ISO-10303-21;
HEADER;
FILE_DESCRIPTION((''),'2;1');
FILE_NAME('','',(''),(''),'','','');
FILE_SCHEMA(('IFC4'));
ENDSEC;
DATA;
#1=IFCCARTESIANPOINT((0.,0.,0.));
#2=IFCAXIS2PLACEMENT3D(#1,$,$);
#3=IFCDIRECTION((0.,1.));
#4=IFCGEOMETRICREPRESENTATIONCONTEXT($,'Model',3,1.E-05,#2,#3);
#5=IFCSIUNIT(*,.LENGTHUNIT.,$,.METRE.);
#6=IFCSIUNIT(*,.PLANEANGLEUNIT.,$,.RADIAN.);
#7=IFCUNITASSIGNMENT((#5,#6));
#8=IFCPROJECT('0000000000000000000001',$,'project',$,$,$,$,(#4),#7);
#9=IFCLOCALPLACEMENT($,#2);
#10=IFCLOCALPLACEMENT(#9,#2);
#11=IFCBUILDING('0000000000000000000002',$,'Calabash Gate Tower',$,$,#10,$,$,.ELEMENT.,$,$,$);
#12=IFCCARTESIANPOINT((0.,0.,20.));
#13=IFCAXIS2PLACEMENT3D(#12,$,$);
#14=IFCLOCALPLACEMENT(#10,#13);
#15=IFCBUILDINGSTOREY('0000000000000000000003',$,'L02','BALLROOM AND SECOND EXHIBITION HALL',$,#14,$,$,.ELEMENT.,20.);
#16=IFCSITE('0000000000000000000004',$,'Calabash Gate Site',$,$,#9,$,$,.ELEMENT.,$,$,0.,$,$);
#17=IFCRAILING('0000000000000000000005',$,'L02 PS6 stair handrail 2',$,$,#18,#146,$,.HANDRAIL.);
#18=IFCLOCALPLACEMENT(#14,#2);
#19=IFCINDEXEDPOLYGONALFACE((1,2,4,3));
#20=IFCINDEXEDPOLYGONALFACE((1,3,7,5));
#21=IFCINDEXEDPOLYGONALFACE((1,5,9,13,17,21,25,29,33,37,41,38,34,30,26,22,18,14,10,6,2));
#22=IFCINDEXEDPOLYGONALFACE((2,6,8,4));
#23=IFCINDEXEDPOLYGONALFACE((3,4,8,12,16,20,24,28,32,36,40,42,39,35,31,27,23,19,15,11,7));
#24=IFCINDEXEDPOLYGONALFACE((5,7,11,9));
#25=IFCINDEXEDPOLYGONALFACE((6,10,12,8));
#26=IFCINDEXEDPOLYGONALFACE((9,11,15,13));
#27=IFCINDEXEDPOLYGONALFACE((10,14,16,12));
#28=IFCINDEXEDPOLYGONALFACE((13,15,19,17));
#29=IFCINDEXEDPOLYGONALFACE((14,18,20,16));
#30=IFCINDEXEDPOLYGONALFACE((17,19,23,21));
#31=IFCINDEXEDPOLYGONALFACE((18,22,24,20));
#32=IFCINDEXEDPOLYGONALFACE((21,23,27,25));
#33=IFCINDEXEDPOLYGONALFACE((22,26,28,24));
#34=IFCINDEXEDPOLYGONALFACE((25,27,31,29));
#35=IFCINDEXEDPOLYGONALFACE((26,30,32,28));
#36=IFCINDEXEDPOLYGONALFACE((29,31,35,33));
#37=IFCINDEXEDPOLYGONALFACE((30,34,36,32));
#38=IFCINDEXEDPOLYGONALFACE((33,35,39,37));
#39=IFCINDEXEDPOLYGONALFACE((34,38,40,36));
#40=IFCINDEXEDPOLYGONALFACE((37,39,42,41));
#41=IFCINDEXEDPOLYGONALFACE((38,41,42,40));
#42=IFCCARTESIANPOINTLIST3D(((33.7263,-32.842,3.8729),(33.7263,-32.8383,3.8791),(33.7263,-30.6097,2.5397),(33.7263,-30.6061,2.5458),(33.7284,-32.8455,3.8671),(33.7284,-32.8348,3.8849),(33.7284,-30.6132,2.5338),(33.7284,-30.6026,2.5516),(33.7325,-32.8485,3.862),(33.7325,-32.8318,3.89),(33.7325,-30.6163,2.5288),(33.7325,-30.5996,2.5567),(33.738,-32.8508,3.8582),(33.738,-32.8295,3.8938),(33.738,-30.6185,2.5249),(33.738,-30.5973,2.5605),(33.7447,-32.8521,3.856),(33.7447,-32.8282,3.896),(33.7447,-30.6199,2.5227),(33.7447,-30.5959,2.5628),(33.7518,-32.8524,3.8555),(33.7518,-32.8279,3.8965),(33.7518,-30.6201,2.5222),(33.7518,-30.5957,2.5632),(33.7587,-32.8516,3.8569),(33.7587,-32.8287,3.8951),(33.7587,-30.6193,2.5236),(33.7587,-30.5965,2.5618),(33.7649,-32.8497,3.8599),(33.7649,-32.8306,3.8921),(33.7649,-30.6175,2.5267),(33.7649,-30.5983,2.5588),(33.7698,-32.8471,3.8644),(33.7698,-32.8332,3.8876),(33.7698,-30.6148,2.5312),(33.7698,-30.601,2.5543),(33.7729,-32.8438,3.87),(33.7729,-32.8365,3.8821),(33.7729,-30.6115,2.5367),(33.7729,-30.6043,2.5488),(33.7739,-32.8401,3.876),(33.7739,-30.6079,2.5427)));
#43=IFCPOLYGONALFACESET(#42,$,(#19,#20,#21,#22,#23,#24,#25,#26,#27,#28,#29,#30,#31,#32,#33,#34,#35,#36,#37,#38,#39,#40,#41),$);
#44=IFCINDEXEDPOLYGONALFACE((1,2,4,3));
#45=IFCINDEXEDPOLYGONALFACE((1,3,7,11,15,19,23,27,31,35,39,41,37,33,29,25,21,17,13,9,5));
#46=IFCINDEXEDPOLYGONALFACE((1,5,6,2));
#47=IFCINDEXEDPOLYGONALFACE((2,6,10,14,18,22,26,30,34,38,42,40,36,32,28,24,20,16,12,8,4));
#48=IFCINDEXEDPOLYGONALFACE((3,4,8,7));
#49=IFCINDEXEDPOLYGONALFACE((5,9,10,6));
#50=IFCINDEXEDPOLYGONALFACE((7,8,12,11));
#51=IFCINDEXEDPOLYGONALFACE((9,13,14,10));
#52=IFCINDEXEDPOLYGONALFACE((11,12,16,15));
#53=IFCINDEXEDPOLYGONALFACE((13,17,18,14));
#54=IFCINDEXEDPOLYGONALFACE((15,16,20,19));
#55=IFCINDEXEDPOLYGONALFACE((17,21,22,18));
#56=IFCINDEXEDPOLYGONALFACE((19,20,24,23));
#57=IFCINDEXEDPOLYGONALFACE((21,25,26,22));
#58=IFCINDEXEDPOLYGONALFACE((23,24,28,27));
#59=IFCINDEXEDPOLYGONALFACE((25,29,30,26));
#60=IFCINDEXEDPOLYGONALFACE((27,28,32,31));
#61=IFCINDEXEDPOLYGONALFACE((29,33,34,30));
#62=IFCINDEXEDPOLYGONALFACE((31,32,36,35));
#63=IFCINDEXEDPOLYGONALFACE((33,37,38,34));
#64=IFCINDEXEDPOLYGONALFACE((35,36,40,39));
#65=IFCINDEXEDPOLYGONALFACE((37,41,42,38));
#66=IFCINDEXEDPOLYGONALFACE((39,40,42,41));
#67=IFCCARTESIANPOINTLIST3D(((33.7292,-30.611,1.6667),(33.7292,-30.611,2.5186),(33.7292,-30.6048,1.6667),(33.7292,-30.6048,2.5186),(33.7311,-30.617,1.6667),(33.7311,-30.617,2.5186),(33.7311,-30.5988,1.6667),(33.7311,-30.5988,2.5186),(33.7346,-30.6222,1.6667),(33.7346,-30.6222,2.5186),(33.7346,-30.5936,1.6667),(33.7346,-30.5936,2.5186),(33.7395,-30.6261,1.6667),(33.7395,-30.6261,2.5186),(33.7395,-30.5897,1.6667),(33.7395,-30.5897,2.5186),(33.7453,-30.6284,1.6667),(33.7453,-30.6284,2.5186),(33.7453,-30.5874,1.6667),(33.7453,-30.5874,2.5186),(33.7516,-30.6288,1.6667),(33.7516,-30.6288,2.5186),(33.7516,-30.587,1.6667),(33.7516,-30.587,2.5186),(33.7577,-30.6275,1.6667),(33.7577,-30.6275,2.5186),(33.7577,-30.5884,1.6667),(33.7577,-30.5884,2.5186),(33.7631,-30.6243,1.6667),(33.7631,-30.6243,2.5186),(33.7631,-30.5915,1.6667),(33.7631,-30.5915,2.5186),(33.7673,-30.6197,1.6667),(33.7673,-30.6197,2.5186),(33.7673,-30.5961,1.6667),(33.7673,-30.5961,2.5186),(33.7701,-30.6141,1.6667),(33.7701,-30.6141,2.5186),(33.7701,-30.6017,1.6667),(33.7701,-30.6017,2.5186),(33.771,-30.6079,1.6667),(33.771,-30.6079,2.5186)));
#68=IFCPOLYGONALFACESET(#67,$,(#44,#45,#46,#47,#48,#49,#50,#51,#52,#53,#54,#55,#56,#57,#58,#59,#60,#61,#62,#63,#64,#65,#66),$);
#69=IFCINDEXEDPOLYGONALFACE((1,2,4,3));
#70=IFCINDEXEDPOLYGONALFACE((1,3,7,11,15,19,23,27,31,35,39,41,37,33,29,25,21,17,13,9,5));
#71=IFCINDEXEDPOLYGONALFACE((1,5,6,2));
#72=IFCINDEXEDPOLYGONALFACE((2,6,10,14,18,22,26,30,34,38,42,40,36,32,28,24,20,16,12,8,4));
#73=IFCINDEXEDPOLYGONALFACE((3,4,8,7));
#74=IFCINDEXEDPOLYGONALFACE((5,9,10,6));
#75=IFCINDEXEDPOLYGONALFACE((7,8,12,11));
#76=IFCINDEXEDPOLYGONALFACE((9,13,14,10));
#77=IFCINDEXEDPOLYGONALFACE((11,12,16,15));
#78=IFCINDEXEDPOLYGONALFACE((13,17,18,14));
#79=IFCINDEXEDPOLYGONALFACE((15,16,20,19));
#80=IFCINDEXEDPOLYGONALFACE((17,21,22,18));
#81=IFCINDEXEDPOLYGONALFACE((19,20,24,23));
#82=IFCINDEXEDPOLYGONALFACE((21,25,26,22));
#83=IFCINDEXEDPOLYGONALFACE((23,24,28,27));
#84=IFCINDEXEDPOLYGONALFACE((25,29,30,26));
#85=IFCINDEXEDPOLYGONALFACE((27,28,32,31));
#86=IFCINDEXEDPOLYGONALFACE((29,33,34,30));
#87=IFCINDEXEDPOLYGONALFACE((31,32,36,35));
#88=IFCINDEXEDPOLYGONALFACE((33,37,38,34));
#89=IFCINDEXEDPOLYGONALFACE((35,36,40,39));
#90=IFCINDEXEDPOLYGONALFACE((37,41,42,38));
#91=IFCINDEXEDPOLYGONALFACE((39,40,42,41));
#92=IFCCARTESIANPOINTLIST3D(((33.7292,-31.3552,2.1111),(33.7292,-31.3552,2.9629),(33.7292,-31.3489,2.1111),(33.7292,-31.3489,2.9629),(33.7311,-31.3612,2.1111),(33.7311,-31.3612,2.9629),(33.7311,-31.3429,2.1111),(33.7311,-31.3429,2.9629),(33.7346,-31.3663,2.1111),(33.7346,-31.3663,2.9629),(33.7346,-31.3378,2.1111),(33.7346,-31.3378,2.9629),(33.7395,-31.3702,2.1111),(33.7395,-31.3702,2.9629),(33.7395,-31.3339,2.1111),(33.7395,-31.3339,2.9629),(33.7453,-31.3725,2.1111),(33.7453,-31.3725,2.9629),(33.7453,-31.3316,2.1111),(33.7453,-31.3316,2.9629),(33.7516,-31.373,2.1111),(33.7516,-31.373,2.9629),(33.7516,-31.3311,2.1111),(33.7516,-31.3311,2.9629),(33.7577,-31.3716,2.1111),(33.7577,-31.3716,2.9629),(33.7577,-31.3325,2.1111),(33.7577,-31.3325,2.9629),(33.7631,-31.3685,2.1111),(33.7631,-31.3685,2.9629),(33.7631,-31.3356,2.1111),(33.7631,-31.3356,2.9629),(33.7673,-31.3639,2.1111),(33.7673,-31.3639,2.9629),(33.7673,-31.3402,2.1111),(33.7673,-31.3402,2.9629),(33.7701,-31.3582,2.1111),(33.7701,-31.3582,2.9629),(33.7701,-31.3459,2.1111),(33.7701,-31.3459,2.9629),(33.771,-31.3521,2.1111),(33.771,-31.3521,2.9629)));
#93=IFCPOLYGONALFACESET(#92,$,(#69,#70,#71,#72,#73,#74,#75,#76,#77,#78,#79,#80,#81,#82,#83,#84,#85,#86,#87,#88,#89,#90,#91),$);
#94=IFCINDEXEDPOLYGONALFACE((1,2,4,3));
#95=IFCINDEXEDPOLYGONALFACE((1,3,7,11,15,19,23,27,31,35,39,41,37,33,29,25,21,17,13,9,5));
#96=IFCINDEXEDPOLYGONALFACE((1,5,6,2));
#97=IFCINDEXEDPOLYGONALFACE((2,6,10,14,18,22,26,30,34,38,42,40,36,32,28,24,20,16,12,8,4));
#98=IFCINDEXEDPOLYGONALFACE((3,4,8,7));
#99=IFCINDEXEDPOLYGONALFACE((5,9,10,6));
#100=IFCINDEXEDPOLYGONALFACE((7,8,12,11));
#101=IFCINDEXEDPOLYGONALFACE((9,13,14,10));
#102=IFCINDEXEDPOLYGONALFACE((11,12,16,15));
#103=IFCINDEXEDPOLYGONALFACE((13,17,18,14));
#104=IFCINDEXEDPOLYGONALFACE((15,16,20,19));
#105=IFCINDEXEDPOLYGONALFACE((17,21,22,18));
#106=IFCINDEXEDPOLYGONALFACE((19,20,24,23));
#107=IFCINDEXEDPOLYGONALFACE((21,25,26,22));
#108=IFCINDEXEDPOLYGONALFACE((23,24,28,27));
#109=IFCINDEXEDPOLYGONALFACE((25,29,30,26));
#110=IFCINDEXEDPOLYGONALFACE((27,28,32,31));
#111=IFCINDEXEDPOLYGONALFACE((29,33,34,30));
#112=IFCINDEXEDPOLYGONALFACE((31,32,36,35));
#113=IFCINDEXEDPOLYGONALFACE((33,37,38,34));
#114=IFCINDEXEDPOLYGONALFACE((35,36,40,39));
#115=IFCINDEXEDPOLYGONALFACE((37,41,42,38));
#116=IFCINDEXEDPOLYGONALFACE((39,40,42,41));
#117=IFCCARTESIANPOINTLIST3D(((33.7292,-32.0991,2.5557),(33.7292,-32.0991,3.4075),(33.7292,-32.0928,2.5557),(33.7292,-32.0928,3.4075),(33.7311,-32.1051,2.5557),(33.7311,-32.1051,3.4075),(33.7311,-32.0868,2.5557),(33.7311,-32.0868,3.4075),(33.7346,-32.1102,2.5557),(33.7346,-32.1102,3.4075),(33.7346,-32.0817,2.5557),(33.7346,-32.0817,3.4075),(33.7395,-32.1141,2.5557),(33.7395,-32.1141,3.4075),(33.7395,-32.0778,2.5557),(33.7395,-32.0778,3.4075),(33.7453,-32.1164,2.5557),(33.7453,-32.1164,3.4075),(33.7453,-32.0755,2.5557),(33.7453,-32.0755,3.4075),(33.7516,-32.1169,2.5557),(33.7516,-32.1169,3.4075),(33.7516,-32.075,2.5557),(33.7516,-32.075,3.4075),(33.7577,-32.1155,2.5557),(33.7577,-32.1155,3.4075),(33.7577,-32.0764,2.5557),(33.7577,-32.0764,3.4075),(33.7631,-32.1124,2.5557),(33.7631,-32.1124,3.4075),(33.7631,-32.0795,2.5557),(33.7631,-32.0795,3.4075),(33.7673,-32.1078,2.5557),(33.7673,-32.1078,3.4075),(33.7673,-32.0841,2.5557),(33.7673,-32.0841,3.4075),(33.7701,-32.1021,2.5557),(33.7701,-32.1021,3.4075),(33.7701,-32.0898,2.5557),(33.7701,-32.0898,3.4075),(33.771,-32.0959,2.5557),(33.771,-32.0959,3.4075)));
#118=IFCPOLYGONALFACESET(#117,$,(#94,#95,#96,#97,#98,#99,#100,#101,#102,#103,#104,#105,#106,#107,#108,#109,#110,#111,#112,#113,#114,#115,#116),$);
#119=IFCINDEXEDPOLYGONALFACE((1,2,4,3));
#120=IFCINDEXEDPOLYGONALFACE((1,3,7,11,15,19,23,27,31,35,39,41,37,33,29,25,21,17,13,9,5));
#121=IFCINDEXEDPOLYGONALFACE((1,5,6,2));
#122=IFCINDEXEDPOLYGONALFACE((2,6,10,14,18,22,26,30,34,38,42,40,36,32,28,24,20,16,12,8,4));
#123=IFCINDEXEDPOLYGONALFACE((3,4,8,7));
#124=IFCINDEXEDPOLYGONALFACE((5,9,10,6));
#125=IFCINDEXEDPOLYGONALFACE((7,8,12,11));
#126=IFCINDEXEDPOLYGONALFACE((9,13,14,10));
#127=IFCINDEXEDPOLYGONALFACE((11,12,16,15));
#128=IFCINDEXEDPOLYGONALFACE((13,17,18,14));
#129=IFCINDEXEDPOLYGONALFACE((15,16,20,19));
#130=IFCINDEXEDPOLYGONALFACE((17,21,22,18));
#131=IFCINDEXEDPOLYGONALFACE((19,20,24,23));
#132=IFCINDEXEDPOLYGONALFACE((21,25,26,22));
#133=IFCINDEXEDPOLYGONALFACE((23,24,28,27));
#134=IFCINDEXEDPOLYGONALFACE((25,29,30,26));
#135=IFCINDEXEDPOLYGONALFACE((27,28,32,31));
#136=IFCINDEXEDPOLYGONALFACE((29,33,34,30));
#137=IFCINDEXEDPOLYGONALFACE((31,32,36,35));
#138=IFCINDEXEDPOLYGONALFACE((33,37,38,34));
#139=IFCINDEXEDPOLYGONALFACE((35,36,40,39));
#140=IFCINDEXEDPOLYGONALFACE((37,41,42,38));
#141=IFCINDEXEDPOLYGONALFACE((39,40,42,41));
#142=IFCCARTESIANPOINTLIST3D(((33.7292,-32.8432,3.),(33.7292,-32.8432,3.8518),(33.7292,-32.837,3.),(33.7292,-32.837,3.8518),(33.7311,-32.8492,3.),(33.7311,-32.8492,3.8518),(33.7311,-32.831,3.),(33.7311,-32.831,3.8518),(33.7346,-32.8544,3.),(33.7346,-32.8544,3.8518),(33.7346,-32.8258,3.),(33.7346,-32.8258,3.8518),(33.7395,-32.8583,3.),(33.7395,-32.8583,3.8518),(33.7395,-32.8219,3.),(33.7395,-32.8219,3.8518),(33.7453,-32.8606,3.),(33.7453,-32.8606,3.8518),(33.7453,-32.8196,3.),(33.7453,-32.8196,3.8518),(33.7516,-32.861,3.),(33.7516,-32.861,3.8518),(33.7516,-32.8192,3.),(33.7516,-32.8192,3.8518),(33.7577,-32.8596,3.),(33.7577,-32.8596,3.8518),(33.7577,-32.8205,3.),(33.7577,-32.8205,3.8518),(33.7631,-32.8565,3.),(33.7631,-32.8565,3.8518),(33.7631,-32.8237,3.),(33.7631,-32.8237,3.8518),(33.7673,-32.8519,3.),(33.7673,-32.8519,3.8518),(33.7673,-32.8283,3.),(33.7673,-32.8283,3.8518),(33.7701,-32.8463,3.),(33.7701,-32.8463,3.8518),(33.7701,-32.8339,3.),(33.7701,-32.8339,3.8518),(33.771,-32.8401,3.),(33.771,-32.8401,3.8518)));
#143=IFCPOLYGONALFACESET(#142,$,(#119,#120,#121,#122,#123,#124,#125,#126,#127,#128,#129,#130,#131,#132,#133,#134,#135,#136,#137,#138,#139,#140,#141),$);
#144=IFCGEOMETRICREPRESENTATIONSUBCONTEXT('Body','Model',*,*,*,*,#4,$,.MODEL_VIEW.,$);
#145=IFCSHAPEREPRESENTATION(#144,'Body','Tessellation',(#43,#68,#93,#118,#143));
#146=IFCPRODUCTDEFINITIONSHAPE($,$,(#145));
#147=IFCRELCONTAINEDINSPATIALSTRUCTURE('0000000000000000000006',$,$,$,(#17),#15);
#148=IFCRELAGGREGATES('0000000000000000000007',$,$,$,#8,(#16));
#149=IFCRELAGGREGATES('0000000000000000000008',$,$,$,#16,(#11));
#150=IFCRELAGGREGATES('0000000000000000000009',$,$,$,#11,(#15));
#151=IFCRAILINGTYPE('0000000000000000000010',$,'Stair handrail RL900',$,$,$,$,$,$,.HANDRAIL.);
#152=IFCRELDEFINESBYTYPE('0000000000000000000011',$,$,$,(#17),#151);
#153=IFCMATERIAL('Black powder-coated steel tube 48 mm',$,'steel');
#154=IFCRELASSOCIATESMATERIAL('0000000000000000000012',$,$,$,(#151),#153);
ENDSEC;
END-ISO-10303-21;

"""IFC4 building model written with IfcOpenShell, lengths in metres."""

from ifc_helpers import new_model, si_unit, direction, frame, origin, origin_2d, place, context, subcontext, project, spatial, circle, extrude, material, type_object, element, save


model = new_model("IFC4")

# Units and contexts
model_context = context("Model", 3, precision=1e-05, world=origin(), true_north=direction((0.0, 1.0)))
body_context = subcontext(model_context, "Body", "Model", "MODEL_VIEW")
ifc_project = project(units=[si_unit("LENGTHUNIT", "METRE"), si_unit("PLANEANGLEUNIT", "RADIAN")], contexts=[model_context])

# Site, building, storey
site_placement = place(None, origin())
site = spatial("IfcSite", under=ifc_project, at=site_placement, Name="Calabash Gate Site", CompositionType="ELEMENT", RefElevation=0.0)
building_placement = place(site_placement, origin())
building = spatial("IfcBuilding", under=site, at=building_placement, Name="Calabash Gate Tower", CompositionType="ELEMENT")
storey_placement = place(building_placement, frame((0.0, 0.0, 20.0)))
storey = spatial("IfcBuildingStorey", under=building, at=storey_placement, Name="L02", Description="BALLROOM AND SECOND EXHIBITION HALL", CompositionType="ELEMENT", Elevation=20.0)

# Railing
ifc_material_1 = material(Name="Black powder-coated steel tube 48 mm", Category="steel")
railing_type_1 = type_object("IfcRailingType", Name="Stair handrail RL900", PredefinedType="HANDRAIL", material=ifc_material_1)
for number, where, name in (
    (1, (33.75, -30.6079, 1.6667), "L02 PS6 stair handrail 2"),
):
    element("IfcRailing", number, at=place(storey_placement, frame(where)), inside=storey, type_object=railing_type_1, Name=name, PredefinedType="HANDRAIL", context=body_context, shape_type="SweptSolid", body=[
        extrude(circle(Radius=0.0239, at=origin_2d()), frame((0.0, 0.0, 0.876), z_axis=(0.0, -0.858519, 0.512782), x_axis=(1.0, 0.0, 0.0)), (0.0, 0.0, 1.0), 2.6001),
        extrude(circle(Radius=0.021, at=origin_2d()), origin(), (0.0, 0.0, 1.0), 0.8518),
        extrude(circle(Radius=0.021, at=origin_2d()), frame((0.0, -0.7441, 0.4443)), (0.0, 0.0, 1.0), 0.8518),
        extrude(circle(Radius=0.021, at=origin_2d()), frame((0.0, -1.488, 0.8889)), (0.0, 0.0, 1.0), 0.8518),
        extrude(circle(Radius=0.021, at=origin_2d()), frame((0.0, -2.2322, 1.3333)), (0.0, 0.0, 1.0), 0.8518),
    ])

save(model, "model.ifc")
